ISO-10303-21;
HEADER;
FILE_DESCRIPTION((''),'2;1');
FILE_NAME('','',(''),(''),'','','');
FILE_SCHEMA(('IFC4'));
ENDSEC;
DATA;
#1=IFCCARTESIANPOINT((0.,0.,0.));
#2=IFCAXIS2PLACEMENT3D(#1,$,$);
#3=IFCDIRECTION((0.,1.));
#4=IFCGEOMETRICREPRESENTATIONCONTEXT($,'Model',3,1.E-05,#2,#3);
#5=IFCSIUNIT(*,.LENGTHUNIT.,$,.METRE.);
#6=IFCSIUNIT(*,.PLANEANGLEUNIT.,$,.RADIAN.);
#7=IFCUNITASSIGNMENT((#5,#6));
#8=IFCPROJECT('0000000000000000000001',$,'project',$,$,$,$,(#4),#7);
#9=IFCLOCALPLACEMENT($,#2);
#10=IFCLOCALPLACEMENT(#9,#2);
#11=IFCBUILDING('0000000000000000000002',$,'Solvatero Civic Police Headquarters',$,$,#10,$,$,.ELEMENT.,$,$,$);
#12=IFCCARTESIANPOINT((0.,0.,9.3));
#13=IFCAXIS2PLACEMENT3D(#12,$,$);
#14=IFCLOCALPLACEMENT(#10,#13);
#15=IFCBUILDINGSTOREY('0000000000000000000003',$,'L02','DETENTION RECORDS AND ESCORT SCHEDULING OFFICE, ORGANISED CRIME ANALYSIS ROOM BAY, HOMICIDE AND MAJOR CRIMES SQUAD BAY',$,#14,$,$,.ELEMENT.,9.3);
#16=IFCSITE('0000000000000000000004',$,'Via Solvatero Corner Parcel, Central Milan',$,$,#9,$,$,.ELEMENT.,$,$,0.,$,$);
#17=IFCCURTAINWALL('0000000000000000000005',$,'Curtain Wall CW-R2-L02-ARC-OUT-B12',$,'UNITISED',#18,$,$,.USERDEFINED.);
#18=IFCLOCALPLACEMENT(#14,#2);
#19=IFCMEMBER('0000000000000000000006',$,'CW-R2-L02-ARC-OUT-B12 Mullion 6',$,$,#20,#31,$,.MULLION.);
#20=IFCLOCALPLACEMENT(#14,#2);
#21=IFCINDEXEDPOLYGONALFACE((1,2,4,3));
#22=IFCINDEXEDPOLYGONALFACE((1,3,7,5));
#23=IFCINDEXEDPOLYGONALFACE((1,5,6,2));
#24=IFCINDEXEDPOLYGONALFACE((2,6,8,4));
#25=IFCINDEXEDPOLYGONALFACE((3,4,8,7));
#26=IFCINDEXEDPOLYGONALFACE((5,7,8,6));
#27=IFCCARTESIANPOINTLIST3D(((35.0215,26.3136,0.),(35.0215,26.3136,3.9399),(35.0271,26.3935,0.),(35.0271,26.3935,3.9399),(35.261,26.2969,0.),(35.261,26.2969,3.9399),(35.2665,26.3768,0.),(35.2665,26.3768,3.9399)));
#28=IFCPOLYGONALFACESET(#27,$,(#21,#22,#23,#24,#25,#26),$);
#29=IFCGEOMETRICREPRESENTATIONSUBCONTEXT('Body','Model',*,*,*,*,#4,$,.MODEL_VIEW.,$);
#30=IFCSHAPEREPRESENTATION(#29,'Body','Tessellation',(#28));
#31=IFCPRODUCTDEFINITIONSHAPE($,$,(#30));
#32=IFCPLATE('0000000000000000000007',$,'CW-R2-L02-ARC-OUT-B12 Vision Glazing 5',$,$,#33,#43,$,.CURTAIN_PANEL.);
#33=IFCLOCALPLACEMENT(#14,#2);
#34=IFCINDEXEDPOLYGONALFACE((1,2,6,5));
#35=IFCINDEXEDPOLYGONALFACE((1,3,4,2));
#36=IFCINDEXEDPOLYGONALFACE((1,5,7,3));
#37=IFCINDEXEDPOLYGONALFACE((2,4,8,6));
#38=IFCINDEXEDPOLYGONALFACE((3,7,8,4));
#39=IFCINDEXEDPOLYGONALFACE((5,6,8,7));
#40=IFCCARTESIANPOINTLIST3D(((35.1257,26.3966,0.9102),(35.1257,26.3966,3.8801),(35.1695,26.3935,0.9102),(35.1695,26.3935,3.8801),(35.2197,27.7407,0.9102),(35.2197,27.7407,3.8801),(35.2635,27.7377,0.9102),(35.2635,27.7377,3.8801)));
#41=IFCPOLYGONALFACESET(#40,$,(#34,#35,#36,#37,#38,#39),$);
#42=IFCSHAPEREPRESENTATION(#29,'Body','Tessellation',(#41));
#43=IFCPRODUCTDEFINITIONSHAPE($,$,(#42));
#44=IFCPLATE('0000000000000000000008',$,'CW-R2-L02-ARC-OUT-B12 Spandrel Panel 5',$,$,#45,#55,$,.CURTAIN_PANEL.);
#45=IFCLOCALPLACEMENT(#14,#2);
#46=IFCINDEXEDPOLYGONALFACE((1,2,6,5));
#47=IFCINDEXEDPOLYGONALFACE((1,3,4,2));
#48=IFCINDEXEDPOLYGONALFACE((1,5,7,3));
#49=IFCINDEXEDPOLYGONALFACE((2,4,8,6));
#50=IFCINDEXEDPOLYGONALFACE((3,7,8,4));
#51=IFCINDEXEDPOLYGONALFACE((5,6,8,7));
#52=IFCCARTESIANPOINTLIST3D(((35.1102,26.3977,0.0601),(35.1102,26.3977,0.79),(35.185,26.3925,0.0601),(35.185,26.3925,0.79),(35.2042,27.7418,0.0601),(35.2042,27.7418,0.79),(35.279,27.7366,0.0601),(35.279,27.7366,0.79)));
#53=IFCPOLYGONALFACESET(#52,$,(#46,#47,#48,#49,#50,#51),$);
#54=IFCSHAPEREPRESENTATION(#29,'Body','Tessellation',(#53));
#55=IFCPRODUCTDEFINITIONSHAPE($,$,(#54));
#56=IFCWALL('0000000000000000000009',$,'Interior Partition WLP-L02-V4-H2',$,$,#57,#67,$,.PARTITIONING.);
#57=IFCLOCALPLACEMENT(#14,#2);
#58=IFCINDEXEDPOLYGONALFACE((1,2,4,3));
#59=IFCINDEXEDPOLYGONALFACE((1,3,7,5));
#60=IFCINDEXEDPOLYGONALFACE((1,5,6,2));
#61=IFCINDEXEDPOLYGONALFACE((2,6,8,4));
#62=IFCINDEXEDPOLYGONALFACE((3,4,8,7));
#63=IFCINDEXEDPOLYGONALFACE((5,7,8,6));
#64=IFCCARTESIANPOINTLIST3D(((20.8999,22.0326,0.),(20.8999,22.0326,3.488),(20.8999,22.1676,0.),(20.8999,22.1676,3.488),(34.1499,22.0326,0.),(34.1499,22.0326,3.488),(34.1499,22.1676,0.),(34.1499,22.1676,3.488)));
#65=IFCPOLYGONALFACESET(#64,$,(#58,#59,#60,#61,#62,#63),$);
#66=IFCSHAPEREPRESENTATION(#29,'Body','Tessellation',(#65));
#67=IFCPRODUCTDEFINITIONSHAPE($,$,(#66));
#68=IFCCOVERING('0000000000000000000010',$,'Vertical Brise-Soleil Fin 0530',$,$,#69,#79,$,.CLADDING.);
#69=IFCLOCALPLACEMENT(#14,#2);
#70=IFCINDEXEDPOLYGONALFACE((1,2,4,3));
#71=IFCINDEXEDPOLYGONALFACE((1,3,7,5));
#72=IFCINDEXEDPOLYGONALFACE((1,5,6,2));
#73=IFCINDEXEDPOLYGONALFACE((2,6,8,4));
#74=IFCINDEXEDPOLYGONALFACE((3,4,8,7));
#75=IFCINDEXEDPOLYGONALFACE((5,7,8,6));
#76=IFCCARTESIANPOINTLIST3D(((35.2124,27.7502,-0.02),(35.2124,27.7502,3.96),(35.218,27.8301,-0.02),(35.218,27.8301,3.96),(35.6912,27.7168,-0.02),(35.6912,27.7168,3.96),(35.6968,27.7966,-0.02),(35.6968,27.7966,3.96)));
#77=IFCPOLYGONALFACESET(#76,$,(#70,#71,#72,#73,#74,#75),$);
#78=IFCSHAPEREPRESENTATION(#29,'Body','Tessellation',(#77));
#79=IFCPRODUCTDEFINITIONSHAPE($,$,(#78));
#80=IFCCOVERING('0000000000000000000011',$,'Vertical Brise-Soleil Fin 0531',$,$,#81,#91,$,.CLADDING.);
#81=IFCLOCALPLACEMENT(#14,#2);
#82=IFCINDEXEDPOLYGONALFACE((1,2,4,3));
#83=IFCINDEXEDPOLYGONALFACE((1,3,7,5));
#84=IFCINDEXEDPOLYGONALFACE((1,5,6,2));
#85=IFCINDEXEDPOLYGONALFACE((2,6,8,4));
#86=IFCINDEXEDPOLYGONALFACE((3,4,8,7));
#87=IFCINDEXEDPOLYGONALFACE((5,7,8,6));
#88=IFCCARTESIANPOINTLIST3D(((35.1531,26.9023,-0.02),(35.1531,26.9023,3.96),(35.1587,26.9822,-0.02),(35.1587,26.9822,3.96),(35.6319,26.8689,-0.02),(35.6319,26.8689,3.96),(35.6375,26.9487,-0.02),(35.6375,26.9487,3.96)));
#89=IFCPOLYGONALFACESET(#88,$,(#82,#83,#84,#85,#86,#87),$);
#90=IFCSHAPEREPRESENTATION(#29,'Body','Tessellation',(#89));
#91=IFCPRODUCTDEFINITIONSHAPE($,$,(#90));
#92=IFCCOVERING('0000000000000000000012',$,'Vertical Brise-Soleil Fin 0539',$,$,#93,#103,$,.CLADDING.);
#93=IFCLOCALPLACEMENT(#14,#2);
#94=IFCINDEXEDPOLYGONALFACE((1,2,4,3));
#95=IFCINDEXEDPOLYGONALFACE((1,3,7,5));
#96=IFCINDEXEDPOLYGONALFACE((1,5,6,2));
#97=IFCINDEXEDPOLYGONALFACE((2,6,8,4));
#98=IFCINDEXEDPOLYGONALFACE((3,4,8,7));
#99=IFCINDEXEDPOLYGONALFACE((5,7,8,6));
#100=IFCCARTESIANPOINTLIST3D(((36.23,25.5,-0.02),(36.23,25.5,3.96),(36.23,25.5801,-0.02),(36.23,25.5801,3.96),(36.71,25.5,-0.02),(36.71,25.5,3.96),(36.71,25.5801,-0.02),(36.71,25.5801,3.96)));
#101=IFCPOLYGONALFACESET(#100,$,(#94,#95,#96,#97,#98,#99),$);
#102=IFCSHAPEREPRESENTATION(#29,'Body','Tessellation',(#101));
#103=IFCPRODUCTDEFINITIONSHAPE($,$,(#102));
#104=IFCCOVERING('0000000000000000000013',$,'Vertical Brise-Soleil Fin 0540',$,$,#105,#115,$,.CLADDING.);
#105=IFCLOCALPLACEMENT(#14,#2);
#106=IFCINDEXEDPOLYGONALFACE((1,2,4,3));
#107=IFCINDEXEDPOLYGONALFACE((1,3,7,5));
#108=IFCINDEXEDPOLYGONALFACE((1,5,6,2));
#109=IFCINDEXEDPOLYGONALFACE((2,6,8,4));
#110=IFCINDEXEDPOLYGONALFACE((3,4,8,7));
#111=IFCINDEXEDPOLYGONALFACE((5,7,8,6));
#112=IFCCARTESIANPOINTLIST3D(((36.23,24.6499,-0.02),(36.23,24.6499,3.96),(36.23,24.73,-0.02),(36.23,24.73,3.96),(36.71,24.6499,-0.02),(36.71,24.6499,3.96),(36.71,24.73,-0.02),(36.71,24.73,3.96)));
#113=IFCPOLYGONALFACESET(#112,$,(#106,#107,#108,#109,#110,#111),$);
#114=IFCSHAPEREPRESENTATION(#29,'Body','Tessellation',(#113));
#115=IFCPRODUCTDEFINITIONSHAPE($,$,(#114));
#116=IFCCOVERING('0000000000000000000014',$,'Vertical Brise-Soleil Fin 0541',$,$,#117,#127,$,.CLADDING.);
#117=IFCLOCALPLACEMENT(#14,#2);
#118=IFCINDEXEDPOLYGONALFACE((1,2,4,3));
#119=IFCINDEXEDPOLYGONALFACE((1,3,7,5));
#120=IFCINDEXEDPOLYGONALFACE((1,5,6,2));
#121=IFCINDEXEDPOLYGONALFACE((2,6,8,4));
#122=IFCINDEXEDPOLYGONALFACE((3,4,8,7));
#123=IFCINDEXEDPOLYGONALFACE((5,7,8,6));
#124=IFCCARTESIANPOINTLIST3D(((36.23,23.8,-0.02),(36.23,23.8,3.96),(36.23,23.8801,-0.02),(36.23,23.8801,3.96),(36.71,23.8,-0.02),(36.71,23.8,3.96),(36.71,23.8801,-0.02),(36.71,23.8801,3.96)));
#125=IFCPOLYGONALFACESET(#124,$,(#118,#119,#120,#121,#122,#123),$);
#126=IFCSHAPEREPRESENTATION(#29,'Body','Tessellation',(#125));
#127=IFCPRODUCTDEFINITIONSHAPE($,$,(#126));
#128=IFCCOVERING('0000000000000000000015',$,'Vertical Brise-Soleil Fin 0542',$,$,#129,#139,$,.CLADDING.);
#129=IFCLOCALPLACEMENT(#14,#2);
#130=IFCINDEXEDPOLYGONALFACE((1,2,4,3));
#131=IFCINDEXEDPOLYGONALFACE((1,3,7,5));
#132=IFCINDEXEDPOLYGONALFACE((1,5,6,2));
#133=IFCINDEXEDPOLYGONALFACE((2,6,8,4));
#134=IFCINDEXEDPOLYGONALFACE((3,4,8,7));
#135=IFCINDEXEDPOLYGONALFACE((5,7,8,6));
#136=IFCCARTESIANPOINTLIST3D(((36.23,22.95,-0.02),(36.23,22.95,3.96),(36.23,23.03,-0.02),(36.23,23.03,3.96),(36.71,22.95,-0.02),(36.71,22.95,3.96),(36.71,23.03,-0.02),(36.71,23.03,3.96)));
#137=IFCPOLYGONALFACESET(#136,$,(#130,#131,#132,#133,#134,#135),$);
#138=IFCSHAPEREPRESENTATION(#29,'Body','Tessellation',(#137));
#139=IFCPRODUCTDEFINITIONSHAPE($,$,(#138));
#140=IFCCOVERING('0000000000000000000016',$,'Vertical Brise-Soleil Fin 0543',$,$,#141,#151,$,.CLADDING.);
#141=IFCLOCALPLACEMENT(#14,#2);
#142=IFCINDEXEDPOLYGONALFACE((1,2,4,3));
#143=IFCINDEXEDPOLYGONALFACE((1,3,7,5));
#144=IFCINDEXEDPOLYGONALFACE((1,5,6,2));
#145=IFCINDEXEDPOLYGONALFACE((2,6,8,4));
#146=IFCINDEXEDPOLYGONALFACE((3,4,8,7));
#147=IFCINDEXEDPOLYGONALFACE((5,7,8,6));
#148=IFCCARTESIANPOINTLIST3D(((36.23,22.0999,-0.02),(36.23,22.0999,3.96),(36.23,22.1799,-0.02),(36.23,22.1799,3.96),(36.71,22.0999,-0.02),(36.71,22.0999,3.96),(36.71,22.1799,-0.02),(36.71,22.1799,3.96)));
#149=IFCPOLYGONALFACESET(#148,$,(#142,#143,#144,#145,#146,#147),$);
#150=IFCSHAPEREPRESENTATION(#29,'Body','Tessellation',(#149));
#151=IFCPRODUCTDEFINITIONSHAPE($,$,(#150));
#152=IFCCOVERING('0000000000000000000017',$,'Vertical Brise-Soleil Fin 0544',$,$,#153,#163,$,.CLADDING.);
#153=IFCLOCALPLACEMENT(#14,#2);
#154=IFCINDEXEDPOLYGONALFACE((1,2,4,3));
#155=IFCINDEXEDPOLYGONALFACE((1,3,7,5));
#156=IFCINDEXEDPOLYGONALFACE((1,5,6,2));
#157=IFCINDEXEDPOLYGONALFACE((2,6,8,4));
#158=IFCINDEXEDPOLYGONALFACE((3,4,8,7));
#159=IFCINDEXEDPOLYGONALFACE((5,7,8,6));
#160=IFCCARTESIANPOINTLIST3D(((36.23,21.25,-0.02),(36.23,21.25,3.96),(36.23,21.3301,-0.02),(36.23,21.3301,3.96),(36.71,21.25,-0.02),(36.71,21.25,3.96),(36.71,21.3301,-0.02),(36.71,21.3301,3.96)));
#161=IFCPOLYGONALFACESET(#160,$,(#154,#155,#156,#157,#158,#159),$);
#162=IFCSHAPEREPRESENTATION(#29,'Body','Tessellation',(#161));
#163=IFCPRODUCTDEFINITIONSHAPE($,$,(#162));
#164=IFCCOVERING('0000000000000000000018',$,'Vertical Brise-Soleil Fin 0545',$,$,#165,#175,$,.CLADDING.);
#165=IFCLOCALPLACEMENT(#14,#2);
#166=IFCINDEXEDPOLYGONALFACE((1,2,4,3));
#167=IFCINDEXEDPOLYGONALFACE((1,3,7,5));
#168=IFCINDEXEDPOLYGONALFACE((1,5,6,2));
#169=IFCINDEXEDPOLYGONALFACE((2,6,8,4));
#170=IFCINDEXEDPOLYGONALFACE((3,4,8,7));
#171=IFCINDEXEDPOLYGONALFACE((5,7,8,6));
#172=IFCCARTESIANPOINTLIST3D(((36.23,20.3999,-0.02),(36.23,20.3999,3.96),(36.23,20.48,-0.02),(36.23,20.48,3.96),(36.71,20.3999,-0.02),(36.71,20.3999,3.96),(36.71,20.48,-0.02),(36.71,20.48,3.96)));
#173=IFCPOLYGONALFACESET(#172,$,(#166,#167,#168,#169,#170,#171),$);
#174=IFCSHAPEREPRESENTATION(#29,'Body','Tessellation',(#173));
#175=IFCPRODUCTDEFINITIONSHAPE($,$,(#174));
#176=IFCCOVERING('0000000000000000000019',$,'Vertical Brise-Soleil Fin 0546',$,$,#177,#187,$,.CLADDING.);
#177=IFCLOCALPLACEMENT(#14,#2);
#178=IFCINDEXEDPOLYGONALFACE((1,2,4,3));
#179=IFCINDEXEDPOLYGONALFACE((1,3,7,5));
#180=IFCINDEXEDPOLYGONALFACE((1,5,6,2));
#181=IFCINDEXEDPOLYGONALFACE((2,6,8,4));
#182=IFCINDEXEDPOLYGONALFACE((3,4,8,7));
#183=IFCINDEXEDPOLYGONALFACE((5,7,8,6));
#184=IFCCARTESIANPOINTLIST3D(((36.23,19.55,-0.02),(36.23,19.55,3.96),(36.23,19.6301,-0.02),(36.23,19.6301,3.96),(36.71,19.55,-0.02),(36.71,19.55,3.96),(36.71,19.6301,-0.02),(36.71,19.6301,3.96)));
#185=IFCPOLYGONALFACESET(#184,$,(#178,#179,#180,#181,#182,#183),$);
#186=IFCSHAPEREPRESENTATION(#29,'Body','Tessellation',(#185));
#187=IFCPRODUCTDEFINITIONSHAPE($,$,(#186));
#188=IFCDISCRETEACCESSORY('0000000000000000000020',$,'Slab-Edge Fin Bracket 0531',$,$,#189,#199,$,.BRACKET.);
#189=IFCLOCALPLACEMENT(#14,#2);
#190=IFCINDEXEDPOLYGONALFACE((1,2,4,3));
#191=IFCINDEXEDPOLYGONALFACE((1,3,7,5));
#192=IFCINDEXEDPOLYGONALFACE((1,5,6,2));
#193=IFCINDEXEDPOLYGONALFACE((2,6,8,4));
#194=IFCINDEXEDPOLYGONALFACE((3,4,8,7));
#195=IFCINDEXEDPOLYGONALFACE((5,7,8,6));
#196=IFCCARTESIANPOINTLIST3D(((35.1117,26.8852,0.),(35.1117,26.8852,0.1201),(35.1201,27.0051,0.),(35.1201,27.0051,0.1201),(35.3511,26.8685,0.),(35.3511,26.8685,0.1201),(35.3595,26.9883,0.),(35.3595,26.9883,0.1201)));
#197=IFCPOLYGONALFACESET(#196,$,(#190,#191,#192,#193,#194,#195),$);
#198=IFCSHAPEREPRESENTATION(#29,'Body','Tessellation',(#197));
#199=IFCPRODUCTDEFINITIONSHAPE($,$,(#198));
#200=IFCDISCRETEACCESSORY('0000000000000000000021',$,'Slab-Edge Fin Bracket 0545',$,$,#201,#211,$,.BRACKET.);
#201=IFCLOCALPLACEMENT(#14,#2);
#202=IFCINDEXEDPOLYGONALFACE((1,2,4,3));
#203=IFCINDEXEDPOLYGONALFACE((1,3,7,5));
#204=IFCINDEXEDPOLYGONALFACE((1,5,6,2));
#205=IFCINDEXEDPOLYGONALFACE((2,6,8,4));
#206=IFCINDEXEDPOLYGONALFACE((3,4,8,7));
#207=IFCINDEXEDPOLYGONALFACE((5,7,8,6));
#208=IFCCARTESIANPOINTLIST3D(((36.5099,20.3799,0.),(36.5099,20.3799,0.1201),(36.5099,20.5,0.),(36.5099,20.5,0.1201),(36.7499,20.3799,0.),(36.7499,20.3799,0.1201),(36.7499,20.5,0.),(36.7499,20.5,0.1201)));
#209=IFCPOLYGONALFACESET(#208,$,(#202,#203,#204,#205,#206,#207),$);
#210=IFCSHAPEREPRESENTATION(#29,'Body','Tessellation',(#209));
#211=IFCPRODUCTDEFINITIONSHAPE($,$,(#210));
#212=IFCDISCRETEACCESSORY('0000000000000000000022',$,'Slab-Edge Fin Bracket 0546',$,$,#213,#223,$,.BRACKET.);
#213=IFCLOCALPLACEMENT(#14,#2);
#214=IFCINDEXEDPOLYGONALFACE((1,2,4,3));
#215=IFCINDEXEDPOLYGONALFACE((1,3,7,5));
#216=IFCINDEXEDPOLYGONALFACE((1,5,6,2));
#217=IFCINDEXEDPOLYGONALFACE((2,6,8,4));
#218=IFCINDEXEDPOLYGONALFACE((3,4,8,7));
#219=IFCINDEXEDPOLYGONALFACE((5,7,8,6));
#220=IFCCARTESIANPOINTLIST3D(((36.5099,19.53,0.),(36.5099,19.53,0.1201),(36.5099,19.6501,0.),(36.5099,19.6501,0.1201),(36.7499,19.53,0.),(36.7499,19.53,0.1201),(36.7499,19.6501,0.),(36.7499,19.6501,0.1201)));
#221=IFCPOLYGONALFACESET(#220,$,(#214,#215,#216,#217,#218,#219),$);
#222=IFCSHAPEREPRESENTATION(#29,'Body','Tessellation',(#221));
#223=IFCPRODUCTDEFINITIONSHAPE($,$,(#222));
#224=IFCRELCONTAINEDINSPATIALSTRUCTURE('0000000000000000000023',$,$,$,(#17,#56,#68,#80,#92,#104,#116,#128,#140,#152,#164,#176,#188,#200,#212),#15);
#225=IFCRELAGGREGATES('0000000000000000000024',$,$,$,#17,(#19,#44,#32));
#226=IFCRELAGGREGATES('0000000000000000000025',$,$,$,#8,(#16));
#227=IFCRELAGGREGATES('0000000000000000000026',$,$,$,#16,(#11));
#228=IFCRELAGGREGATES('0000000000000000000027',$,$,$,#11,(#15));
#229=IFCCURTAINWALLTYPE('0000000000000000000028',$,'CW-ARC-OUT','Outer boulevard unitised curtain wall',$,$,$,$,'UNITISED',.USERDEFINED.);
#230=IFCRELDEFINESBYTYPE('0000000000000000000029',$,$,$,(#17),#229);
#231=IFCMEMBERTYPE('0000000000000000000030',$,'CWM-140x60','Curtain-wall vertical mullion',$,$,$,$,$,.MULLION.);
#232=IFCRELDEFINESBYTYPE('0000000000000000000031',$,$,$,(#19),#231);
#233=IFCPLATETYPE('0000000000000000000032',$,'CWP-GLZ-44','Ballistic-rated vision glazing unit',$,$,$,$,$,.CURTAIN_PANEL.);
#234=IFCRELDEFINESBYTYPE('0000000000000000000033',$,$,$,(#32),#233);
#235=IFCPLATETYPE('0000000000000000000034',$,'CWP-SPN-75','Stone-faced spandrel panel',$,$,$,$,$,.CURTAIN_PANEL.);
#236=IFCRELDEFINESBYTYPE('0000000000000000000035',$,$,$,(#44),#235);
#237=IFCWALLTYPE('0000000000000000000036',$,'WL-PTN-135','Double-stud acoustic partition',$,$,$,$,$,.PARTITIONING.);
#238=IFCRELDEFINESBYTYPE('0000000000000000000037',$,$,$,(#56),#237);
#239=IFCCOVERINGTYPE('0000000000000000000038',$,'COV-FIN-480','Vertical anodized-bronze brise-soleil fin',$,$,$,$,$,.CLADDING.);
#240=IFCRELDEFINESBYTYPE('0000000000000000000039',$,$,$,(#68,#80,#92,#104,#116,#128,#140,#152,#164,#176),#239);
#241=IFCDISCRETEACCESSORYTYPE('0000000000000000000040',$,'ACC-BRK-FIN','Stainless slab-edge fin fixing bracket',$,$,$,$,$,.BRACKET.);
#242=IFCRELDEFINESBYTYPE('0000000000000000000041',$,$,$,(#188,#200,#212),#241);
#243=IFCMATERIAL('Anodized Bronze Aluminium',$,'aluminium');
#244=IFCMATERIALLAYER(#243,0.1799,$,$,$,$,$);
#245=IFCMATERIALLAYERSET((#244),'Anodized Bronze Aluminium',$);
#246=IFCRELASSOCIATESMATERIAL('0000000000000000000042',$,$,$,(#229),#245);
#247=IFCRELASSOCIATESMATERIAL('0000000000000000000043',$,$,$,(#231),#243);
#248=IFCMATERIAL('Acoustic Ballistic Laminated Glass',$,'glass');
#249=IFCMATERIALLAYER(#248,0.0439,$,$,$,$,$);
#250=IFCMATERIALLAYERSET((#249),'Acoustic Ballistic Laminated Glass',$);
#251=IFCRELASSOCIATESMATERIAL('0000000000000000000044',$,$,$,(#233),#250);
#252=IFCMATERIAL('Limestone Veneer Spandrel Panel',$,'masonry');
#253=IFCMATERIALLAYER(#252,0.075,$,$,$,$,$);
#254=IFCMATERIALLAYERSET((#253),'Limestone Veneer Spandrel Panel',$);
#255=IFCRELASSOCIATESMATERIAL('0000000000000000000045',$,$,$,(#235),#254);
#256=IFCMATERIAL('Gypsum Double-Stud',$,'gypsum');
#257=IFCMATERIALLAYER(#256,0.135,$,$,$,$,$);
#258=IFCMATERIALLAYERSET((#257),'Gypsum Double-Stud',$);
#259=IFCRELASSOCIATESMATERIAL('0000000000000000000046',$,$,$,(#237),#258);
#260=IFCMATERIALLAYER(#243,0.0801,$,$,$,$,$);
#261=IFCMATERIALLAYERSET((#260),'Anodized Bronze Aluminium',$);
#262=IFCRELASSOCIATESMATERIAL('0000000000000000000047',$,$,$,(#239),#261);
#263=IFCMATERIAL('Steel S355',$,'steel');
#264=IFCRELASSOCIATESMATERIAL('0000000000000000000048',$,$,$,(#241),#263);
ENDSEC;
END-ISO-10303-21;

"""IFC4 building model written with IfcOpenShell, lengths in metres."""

from ifc_helpers import new_model, si_unit, direction, frame, frame_2d, origin, origin_2d, place, context, subcontext, project, spatial, rectangle, extrude, material, layer, layer_set, material_profile, profile_set, type_object, element, aggregate, save


model = new_model("IFC4")

# Units and contexts
model_context = context("Model", 3, precision=1e-05, world=origin(), true_north=direction((0.0, 1.0)))
body_context = subcontext(model_context, "Body", "Model", "MODEL_VIEW")
ifc_project = project(units=[si_unit("LENGTHUNIT", "METRE"), si_unit("PLANEANGLEUNIT", "RADIAN")], contexts=[model_context])

# Site, building, storey
site_placement = place(None, origin())
site = spatial("IfcSite", under=ifc_project, at=site_placement, Name="Via Solvatero Corner Parcel, Central Milan", CompositionType="ELEMENT", RefElevation=0.0)
building_placement = place(site_placement, origin())
building = spatial("IfcBuilding", under=site, at=building_placement, Name="Solvatero Civic Police Headquarters", CompositionType="ELEMENT")
storey_placement = place(building_placement, frame((0.0, 0.0, 9.3)))
storey = spatial("IfcBuildingStorey", under=building, at=storey_placement, Name="L02", Description="DETENTION RECORDS AND ESCORT SCHEDULING OFFICE, ORGANISED CRIME ANALYSIS ROOM BAY, HOMICIDE AND MAJOR CRIMES SQUAD BAY", CompositionType="ELEMENT", Elevation=9.3)

# Shared definitions
ifc_material_1 = material(Name="Steel S355", Category="steel")

# Curtain wall, member, plates
ifc_material_2 = material(Name="Anodized Bronze Aluminium", Category="aluminium")
ifc_layer_1 = layer(ifc_material_2, 0.1799)
ifc_layer_set_1 = layer_set([ifc_layer_1], Name="Anodized Bronze Aluminium")
curtain_wall_type = type_object("IfcCurtainWallType", Name="CW-ARC-OUT", Description="Outer boulevard unitised curtain wall", ElementType="UNITISED", PredefinedType="USERDEFINED", material=ifc_layer_set_1)
curtain_wall_placement = place(storey_placement, origin())
curtain_wall = element("IfcCurtainWall", 1, at=curtain_wall_placement, inside=storey, type_object=curtain_wall_type, Name="Curtain Wall CW-R2-L02-ARC-OUT-B12", ObjectType="UNITISED", PredefinedType="USERDEFINED")
ifc_material_profile_1 = material_profile(ifc_material_2, rectangle(XDim=0.0801, YDim=0.24, at=origin_2d()), Name="ALU MULLION 80x240")
ifc_profile_set_1 = profile_set([ifc_material_profile_1], Name="Anodized Bronze Aluminium")
member_type = type_object("IfcMemberType", Name="CWM-140x60", Description="Curtain-wall vertical mullion", PredefinedType="MULLION", material=ifc_profile_set_1)
member_placement = place(storey_placement, frame((35.144, 26.3452, 0.0), z_axis=(0.0, 0.0, 1.0), x_axis=(-0.069756, -0.997564, 0.0)))
member = element("IfcMember", 2, at=member_placement, type_object=member_type, Name="CW-R2-L02-ARC-OUT-B12 Mullion 6", PredefinedType="MULLION", context=body_context, shape_type="SweptSolid", body=[
    extrude(rectangle(XDim=0.0801, YDim=0.24, at=origin_2d()), origin(), (0.0, 0.0, 1.0), 3.9399),
])
ifc_material_3 = material(Name="Acoustic Ballistic Laminated Glass", Category="glass")
ifc_layer_2 = layer(ifc_material_3, 0.0439)
ifc_layer_set_2 = layer_set([ifc_layer_2], Name="Acoustic Ballistic Laminated Glass")
plate_type_1 = type_object("IfcPlateType", Name="CWP-GLZ-44", Description="Ballistic-rated vision glazing unit", PredefinedType="CURTAIN_PANEL", material=ifc_layer_set_2)
plate_1_placement = place(storey_placement, frame((35.1946, 27.0671, 0.9102), z_axis=(0.0, 0.0, 1.0), x_axis=(-0.069756, -0.997564, 0.0)))
plate_1 = element("IfcPlate", 3, at=plate_1_placement, type_object=plate_type_1, Name="CW-R2-L02-ARC-OUT-B12 Vision Glazing 5", PredefinedType="CURTAIN_PANEL", context=body_context, shape_type="SweptSolid", body=[
    extrude(rectangle(XDim=1.3474, YDim=0.0439, at=origin_2d()), origin(), (0.0, 0.0, 1.0), 2.97),
])
ifc_material_4 = material(Name="Limestone Veneer Spandrel Panel", Category="masonry")
ifc_layer_3 = layer(ifc_material_4, 0.075)
ifc_layer_set_3 = layer_set([ifc_layer_3], Name="Limestone Veneer Spandrel Panel")
plate_type_2 = type_object("IfcPlateType", Name="CWP-SPN-75", Description="Stone-faced spandrel panel", PredefinedType="CURTAIN_PANEL", material=ifc_layer_set_3)
plate_2_placement = place(storey_placement, frame((35.1946, 27.0671, 0.0601), z_axis=(0.0, 0.0, 1.0), x_axis=(-0.069756, -0.997564, 0.0)))
plate_2 = element("IfcPlate", 4, at=plate_2_placement, type_object=plate_type_2, Name="CW-R2-L02-ARC-OUT-B12 Spandrel Panel 5", PredefinedType="CURTAIN_PANEL", context=body_context, shape_type="SweptSolid", body=[
    extrude(rectangle(XDim=1.3474, YDim=0.075, at=origin_2d()), origin(), (0.0, 0.0, 1.0), 0.73),
])
aggregate(curtain_wall, [member, plate_2, plate_1])

# Wall
ifc_material_5 = material(Name="Gypsum Double-Stud", Category="gypsum")
ifc_layer_4 = layer(ifc_material_5, 0.135)
ifc_layer_set_4 = layer_set([ifc_layer_4], Name="Gypsum Double-Stud")
wall_type = type_object("IfcWallType", Name="WL-PTN-135", Description="Double-stud acoustic partition", PredefinedType="PARTITIONING", material=ifc_layer_set_4)
wall_placement = place(storey_placement, frame((20.8999, 22.1001, 0.0), z_axis=(0.0, 0.0, 1.0), x_axis=(1.0, 0.0, 0.0)))
element("IfcWall", 5, at=wall_placement, inside=storey, type_object=wall_type, Name="Interior Partition WLP-L02-V4-H2", PredefinedType="PARTITIONING", context=body_context, shape_type="SweptSolid", body=[
    extrude(rectangle(XDim=13.25, YDim=0.135, at=frame_2d((6.625, 0.0))), origin(), (0.0, 0.0, 1.0), 3.488),
])

# Coverings
ifc_layer_5 = layer(ifc_material_2, 0.0801)
ifc_layer_set_5 = layer_set([ifc_layer_5], Name="Anodized Bronze Aluminium")
covering_type = type_object("IfcCoveringType", Name="COV-FIN-480", Description="Vertical anodized-bronze brise-soleil fin", PredefinedType="CLADDING", material=ifc_layer_set_5)
for number, where, z_axis, x_axis, name in (
    (6, (35.4546, 27.7734, -0.02), (0.0, 0.0, 1.0), (-0.069756, -0.997564, 0.0), "Vertical Brise-Soleil Fin 0530"),
    (7, (35.3953, 26.9255, -0.02), (0.0, 0.0, 1.0), (-0.069756, -0.997564, 0.0), "Vertical Brise-Soleil Fin 0531"),
    (8, (36.47, 25.54, -0.02), (0.0, 0.0, 1.0), (0.0, -1.0, 0.0), "Vertical Brise-Soleil Fin 0539"),
    (9, (36.47, 24.6899, -0.02), (0.0, 0.0, 1.0), (0.0, -1.0, 0.0), "Vertical Brise-Soleil Fin 0540"),
    (10, (36.47, 23.8401, -0.02), (0.0, 0.0, 1.0), (0.0, -1.0, 0.0), "Vertical Brise-Soleil Fin 0541"),
    (11, (36.47, 22.99, -0.02), (0.0, 0.0, 1.0), (0.0, -1.0, 0.0), "Vertical Brise-Soleil Fin 0542"),
    (12, (36.47, 22.1399, -0.02), (0.0, 0.0, 1.0), (0.0, -1.0, 0.0), "Vertical Brise-Soleil Fin 0543"),
    (13, (36.47, 21.29, -0.02), (0.0, 0.0, 1.0), (0.0, -1.0, 0.0), "Vertical Brise-Soleil Fin 0544"),
    (14, (36.47, 20.4399, -0.02), (0.0, 0.0, 1.0), (0.0, -1.0, 0.0), "Vertical Brise-Soleil Fin 0545"),
    (15, (36.47, 19.5901, -0.02), (0.0, 0.0, 1.0), (0.0, -1.0, 0.0), "Vertical Brise-Soleil Fin 0546"),
):
    element("IfcCovering", number, at=place(storey_placement, frame(where, z_axis=z_axis, x_axis=x_axis)), inside=storey, type_object=covering_type, Name=name, PredefinedType="CLADDING", context=body_context, shape_type="SweptSolid", body=[
        extrude(rectangle(XDim=0.0801, YDim=0.48, at=origin_2d()), origin(), (0.0, 0.0, 1.0), 3.98),
    ])

# Discrete accessories
discrete_accessory_type = type_object("IfcDiscreteAccessoryType", Name="ACC-BRK-FIN", Description="Stainless slab-edge fin fixing bracket", PredefinedType="BRACKET", material=ifc_material_1)
for number, where, z_axis, x_axis, name in (
    (16, (35.2356, 26.9368, 0.0), (0.0, 0.0, 1.0), (-0.069756, -0.997564, 0.0), "Slab-Edge Fin Bracket 0531"),
    (17, (36.6299, 20.4399, 0.0), (0.0, 0.0, 1.0), (0.0, -1.0, 0.0), "Slab-Edge Fin Bracket 0545"),
    (18, (36.6299, 19.5901, 0.0), (0.0, 0.0, 1.0), (0.0, -1.0, 0.0), "Slab-Edge Fin Bracket 0546"),
):
    element("IfcDiscreteAccessory", number, at=place(storey_placement, frame(where, z_axis=z_axis, x_axis=x_axis)), inside=storey, type_object=discrete_accessory_type, Name=name, PredefinedType="BRACKET", context=body_context, shape_type="SweptSolid", body=[
        extrude(rectangle(XDim=0.1201, YDim=0.24, at=origin_2d()), origin(), (0.0, 0.0, 1.0), 0.1201),
    ])

save(model, "model.ifc")
